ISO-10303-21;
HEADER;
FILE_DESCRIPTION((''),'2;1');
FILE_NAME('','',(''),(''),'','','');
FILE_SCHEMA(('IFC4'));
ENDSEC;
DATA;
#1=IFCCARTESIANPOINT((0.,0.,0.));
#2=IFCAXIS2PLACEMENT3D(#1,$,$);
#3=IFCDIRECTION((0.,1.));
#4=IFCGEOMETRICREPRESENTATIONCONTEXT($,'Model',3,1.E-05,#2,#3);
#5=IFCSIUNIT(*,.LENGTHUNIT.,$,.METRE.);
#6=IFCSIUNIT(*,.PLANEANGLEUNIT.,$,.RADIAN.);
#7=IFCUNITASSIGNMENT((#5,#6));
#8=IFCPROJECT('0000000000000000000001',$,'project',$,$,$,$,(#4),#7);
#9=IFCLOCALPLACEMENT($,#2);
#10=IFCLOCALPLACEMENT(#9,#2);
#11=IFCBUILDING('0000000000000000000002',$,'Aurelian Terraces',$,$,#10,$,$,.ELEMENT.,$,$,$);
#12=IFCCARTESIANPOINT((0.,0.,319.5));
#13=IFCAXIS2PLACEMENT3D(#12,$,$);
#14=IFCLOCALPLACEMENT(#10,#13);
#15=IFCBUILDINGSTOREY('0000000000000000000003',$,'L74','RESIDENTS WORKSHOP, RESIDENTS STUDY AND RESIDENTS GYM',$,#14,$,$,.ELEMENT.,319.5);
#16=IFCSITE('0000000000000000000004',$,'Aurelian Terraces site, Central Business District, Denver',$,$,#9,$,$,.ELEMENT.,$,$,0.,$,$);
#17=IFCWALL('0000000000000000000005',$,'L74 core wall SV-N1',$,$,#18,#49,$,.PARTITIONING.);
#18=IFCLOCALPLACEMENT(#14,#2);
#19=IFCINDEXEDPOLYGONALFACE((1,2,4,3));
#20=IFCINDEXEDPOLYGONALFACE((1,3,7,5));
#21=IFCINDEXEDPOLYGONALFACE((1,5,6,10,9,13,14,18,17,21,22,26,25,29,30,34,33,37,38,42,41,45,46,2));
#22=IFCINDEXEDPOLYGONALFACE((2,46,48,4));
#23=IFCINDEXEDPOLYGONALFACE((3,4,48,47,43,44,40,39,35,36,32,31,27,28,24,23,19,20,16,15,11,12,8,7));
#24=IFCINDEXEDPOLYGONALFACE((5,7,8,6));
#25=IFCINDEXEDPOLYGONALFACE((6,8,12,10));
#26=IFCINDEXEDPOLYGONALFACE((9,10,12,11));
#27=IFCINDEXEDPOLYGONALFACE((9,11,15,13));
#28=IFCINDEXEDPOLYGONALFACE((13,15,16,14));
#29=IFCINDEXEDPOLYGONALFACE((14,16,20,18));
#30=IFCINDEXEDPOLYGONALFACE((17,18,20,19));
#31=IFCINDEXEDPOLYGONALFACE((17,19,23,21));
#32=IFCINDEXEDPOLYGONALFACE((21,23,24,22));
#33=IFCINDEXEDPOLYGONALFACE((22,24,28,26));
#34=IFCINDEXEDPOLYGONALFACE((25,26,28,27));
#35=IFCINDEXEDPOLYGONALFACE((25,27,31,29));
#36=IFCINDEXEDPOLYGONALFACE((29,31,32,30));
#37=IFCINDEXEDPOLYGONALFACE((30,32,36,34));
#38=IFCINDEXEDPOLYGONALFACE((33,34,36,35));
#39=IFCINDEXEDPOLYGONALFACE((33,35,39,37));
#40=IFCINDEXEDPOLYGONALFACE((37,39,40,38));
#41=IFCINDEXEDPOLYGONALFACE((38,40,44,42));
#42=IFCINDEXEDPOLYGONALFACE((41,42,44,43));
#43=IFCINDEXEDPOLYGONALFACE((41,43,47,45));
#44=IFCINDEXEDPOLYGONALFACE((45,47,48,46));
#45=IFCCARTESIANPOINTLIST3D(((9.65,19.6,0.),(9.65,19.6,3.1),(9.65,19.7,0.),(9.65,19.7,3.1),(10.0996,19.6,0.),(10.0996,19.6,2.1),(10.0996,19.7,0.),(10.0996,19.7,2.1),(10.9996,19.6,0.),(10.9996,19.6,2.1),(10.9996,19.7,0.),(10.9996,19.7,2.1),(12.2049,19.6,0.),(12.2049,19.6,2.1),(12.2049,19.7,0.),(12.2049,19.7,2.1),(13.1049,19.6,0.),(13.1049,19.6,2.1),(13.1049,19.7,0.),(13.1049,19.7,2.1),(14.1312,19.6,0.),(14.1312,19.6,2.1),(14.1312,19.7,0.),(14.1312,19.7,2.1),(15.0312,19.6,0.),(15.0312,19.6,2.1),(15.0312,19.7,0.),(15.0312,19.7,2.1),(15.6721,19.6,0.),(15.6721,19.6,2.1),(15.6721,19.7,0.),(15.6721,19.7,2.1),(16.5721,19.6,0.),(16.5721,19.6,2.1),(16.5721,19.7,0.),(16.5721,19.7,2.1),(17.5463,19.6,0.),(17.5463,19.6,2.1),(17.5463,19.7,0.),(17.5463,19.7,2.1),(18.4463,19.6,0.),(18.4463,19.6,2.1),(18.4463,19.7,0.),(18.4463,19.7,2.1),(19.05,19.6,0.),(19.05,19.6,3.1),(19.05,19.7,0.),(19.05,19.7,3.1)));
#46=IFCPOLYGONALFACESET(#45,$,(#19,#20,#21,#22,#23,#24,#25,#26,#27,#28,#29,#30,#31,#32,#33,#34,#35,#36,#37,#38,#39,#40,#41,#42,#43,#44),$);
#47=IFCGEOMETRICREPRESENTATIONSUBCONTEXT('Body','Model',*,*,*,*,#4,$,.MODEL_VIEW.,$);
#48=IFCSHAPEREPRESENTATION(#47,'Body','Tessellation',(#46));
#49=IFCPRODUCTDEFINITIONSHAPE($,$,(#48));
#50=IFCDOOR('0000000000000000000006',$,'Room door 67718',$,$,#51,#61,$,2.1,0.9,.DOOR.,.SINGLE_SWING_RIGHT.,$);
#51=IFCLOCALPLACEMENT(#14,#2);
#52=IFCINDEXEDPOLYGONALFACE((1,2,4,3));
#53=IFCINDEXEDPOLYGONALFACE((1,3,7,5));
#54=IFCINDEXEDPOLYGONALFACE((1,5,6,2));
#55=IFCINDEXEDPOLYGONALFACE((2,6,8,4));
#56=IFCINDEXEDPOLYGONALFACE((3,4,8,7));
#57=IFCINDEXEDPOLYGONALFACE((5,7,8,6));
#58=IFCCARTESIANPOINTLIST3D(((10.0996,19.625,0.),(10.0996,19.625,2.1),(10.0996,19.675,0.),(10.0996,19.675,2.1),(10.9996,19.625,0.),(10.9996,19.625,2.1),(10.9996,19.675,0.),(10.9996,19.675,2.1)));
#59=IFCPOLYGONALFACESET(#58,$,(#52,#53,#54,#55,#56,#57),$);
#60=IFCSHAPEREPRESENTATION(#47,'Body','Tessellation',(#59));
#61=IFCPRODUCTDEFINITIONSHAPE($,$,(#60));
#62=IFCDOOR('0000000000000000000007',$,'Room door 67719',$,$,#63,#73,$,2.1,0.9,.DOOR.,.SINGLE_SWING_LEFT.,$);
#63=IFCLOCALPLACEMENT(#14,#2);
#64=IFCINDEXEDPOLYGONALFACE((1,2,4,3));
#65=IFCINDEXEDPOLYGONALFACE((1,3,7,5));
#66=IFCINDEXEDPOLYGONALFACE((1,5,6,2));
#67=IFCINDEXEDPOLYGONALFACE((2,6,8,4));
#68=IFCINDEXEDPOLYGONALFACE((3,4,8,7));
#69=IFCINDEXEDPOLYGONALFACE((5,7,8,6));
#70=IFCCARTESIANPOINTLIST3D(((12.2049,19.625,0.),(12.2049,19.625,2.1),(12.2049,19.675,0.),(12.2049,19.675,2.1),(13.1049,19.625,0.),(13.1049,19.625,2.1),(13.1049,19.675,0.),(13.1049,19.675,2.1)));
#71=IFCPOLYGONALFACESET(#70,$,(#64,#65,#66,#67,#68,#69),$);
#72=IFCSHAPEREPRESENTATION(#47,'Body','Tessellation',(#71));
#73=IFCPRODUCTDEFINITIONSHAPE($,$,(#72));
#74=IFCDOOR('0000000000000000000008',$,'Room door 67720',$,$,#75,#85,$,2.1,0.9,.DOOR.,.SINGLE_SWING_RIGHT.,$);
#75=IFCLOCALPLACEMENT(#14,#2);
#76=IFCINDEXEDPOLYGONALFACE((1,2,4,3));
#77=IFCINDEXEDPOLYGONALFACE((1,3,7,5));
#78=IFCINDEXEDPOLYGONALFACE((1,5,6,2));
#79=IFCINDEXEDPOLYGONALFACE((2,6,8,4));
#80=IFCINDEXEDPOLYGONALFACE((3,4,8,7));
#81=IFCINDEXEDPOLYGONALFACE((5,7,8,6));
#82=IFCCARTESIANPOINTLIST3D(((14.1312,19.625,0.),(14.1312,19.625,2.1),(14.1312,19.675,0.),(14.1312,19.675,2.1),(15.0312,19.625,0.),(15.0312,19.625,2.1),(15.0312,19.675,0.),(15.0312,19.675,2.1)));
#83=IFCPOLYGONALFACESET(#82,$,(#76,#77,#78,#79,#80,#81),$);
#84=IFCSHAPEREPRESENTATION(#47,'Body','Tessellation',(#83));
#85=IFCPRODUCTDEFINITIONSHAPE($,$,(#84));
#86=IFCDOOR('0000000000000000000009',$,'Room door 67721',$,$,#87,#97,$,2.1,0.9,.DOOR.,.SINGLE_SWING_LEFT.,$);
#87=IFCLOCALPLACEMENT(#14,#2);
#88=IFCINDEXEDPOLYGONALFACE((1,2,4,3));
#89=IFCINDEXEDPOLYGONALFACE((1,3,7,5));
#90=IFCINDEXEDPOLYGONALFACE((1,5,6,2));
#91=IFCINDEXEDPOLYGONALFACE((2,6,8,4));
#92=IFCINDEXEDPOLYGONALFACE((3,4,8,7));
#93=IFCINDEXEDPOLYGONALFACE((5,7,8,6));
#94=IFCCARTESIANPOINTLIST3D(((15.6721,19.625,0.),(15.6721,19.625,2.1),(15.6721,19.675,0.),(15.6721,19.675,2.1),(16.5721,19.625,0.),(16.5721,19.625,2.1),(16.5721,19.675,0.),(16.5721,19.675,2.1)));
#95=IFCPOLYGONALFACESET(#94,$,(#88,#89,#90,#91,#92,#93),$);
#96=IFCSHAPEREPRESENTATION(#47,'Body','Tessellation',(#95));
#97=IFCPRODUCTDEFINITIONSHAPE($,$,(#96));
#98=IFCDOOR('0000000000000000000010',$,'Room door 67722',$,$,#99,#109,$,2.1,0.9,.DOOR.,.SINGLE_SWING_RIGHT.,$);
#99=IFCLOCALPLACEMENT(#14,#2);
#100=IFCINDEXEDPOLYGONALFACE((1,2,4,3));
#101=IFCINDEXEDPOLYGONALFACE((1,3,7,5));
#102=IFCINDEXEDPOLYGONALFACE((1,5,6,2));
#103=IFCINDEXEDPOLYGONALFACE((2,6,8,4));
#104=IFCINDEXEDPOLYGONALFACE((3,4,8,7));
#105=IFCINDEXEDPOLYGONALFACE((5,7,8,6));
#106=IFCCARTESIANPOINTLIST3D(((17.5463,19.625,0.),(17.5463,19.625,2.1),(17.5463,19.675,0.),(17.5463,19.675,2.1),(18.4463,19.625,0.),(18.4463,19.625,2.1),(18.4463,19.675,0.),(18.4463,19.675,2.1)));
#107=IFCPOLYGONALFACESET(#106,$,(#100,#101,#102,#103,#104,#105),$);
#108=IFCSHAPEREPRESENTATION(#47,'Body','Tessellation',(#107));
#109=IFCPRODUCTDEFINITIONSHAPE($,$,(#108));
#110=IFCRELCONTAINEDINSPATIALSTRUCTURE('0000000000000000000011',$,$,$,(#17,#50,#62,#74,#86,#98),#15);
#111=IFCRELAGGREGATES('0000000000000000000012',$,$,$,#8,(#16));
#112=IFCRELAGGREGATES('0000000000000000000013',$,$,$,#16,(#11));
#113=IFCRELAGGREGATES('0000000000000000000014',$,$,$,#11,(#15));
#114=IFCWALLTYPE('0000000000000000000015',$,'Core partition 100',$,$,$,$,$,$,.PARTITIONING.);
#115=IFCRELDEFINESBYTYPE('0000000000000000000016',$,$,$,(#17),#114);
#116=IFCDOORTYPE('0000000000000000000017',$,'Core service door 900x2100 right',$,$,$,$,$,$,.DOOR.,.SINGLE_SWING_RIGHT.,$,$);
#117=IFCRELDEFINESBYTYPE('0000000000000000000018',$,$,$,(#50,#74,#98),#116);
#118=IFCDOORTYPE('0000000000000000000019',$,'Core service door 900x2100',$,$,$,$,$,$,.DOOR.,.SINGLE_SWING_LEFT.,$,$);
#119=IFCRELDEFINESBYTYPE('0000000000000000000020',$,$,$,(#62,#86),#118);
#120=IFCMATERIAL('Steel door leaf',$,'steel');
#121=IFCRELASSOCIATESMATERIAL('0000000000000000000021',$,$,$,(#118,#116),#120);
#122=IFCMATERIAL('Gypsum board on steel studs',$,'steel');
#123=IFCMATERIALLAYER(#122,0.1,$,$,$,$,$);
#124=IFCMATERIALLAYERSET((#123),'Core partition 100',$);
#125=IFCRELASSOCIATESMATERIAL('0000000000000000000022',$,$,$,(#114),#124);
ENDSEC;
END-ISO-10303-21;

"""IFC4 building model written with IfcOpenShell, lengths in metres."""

from ifc_helpers import new_model, si_unit, direction, frame, frame_2d, origin, place, context, subcontext, project, spatial, rectangle, extrude, source, transform, mapped, material, layer, layer_set, type_object, element, fill, save


model = new_model("IFC4")

# Units and contexts
model_context = context("Model", 3, precision=1e-05, world=origin(), true_north=direction((0.0, 1.0)))
body_context = subcontext(model_context, "Body", "Model", "MODEL_VIEW")
ifc_project = project(units=[si_unit("LENGTHUNIT", "METRE"), si_unit("PLANEANGLEUNIT", "RADIAN")], contexts=[model_context])

# Site, building, storey
site_placement = place(None, origin())
site = spatial("IfcSite", under=ifc_project, at=site_placement, Name="Aurelian Terraces site, Central Business District, Denver", CompositionType="ELEMENT", RefElevation=0.0)
building_placement = place(site_placement, origin())
building = spatial("IfcBuilding", under=site, at=building_placement, Name="Aurelian Terraces", CompositionType="ELEMENT")
storey_placement = place(building_placement, frame((0.0, 0.0, 319.5)))
storey = spatial("IfcBuildingStorey", under=building, at=storey_placement, Name="L74", Description="RESIDENTS WORKSHOP, RESIDENTS STUDY AND RESIDENTS GYM", CompositionType="ELEMENT", Elevation=319.5)

# Shared definitions
ifc_material_1 = material(Name="Gypsum board on steel studs", Category="steel")

# Shared definitions
ifc_material_2 = material(Name="Steel door leaf", Category="steel")

# Shared definitions
shared_shape_1 = source(origin(), body_context, "Body", "SweptSolid", [
    extrude(rectangle(XDim=0.9, YDim=2.1, at=frame_2d((0.45, 1.05))), frame((0.0, 0.025, 0.0), z_axis=(0.0, -1.0, 0.0), x_axis=(1.0, 0.0, 0.0)), (0.0, 0.0, 1.0), 0.05),
])
door_type_1 = type_object("IfcDoorType", Name="Core service door 900x2100", OperationType="SINGLE_SWING_LEFT", PredefinedType="DOOR", material=ifc_material_2)
door_type_2 = type_object("IfcDoorType", Name="Core service door 900x2100 right", OperationType="SINGLE_SWING_RIGHT", PredefinedType="DOOR", material=ifc_material_2)

# Shared definitions
ifc_layer_1 = layer(ifc_material_1, 0.1)
ifc_layer_set_1 = layer_set([ifc_layer_1], Name="Core partition 100")
wall_type_1 = type_object("IfcWallType", Name="Core partition 100", PredefinedType="PARTITIONING", material=ifc_layer_set_1)

# Wall, openings, doors
shared_shape_2 = source(origin(), body_context, "Body", "SweptSolid", [
    extrude(rectangle(XDim=9.4, YDim=0.1, at=frame_2d((4.7, 0.0))), origin(), (0.0, 0.0, 1.0), 3.1),
])
wall_1_placement = place(storey_placement, frame((9.65, 19.65, 0.0), z_axis=(0.0, 0.0, 1.0), x_axis=(1.0, 0.0, 0.0)))
wall_1 = element("IfcWall", 1, at=wall_1_placement, inside=storey, type_object=wall_type_1, Name="L74 core wall SV-N1", PredefinedType="PARTITIONING", context=body_context, shape_type="MappedRepresentation", body=[
    mapped(shared_shape_2, transform((0.0, 0.0, 0.0), scale=1.0)),
])
shared_shape_3 = source(origin(), body_context, "Body", "SweptSolid", [
    extrude(rectangle(XDim=0.9, YDim=2.1, at=frame_2d((0.45, 1.05))), frame((0.0, 0.06, 0.0), z_axis=(0.0, -1.0, 0.0), x_axis=(1.0, 0.0, 0.0)), (0.0, 0.0, 1.0), 0.12),
])
opening_1_placement = place(wall_1_placement, frame((0.4496, 0.0, 0.0)))
opening_1 = element("IfcOpeningElement", 2, at=opening_1_placement, cuts=wall_1, PredefinedType="OPENING", context=body_context, shape_type="MappedRepresentation", body=[
    mapped(shared_shape_3, transform((0.0, 0.0, 0.0), scale=1.0)),
])
opening_2_placement = place(wall_1_placement, frame((2.5549, 0.0, 0.0)))
opening_2 = element("IfcOpeningElement", 3, at=opening_2_placement, cuts=wall_1, PredefinedType="OPENING", context=body_context, shape_type="MappedRepresentation", body=[
    mapped(shared_shape_3, transform((0.0, 0.0, 0.0), scale=1.0)),
])
opening_3_placement = place(wall_1_placement, frame((4.4812, 0.0, 0.0)))
opening_3 = element("IfcOpeningElement", 4, at=opening_3_placement, cuts=wall_1, PredefinedType="OPENING", context=body_context, shape_type="MappedRepresentation", body=[
    mapped(shared_shape_3, transform((0.0, 0.0, 0.0), scale=1.0)),
])
opening_4_placement = place(wall_1_placement, frame((6.0221, 0.0, 0.0)))
opening_4 = element("IfcOpeningElement", 5, at=opening_4_placement, cuts=wall_1, PredefinedType="OPENING", context=body_context, shape_type="MappedRepresentation", body=[
    mapped(shared_shape_3, transform((0.0, 0.0, 0.0), scale=1.0)),
])
opening_5_placement = place(wall_1_placement, frame((7.8963, 0.0, 0.0)))
opening_5 = element("IfcOpeningElement", 6, at=opening_5_placement, cuts=wall_1, PredefinedType="OPENING", context=body_context, shape_type="MappedRepresentation", body=[
    mapped(shared_shape_3, transform((0.0, 0.0, 0.0), scale=1.0)),
])
door_1_placement = place(opening_1_placement, origin())
door_1 = element("IfcDoor", 7, at=door_1_placement, inside=storey, type_object=door_type_2, Name="Room door 67718", OperationType="SINGLE_SWING_RIGHT", OverallHeight=2.1, OverallWidth=0.9, PredefinedType="DOOR", context=body_context, shape_type="MappedRepresentation", body=[
    mapped(shared_shape_1, transform((0.0, 0.0, 0.0), scale=1.0)),
])
fill(opening_1, door_1)
door_2_placement = place(opening_2_placement, origin())
door_2 = element("IfcDoor", 8, at=door_2_placement, inside=storey, type_object=door_type_1, Name="Room door 67719", OperationType="SINGLE_SWING_LEFT", OverallHeight=2.1, OverallWidth=0.9, PredefinedType="DOOR", context=body_context, shape_type="MappedRepresentation", body=[
    mapped(shared_shape_1, transform((0.0, 0.0, 0.0), scale=1.0)),
])
fill(opening_2, door_2)
door_3_placement = place(opening_3_placement, origin())
door_3 = element("IfcDoor", 9, at=door_3_placement, inside=storey, type_object=door_type_2, Name="Room door 67720", OperationType="SINGLE_SWING_RIGHT", OverallHeight=2.1, OverallWidth=0.9, PredefinedType="DOOR", context=body_context, shape_type="MappedRepresentation", body=[
    mapped(shared_shape_1, transform((0.0, 0.0, 0.0), scale=1.0)),
])
fill(opening_3, door_3)
door_4_placement = place(opening_4_placement, origin())
door_4 = element("IfcDoor", 10, at=door_4_placement, inside=storey, type_object=door_type_1, Name="Room door 67721", OperationType="SINGLE_SWING_LEFT", OverallHeight=2.1, OverallWidth=0.9, PredefinedType="DOOR", context=body_context, shape_type="MappedRepresentation", body=[
    mapped(shared_shape_1, transform((0.0, 0.0, 0.0), scale=1.0)),
])
fill(opening_4, door_4)
door_5_placement = place(opening_5_placement, origin())
door_5 = element("IfcDoor", 11, at=door_5_placement, inside=storey, type_object=door_type_2, Name="Room door 67722", OperationType="SINGLE_SWING_RIGHT", OverallHeight=2.1, OverallWidth=0.9, PredefinedType="DOOR", context=body_context, shape_type="MappedRepresentation", body=[
    mapped(shared_shape_1, transform((0.0, 0.0, 0.0), scale=1.0)),
])
fill(opening_5, door_5)

save(model, "model.ifc")
